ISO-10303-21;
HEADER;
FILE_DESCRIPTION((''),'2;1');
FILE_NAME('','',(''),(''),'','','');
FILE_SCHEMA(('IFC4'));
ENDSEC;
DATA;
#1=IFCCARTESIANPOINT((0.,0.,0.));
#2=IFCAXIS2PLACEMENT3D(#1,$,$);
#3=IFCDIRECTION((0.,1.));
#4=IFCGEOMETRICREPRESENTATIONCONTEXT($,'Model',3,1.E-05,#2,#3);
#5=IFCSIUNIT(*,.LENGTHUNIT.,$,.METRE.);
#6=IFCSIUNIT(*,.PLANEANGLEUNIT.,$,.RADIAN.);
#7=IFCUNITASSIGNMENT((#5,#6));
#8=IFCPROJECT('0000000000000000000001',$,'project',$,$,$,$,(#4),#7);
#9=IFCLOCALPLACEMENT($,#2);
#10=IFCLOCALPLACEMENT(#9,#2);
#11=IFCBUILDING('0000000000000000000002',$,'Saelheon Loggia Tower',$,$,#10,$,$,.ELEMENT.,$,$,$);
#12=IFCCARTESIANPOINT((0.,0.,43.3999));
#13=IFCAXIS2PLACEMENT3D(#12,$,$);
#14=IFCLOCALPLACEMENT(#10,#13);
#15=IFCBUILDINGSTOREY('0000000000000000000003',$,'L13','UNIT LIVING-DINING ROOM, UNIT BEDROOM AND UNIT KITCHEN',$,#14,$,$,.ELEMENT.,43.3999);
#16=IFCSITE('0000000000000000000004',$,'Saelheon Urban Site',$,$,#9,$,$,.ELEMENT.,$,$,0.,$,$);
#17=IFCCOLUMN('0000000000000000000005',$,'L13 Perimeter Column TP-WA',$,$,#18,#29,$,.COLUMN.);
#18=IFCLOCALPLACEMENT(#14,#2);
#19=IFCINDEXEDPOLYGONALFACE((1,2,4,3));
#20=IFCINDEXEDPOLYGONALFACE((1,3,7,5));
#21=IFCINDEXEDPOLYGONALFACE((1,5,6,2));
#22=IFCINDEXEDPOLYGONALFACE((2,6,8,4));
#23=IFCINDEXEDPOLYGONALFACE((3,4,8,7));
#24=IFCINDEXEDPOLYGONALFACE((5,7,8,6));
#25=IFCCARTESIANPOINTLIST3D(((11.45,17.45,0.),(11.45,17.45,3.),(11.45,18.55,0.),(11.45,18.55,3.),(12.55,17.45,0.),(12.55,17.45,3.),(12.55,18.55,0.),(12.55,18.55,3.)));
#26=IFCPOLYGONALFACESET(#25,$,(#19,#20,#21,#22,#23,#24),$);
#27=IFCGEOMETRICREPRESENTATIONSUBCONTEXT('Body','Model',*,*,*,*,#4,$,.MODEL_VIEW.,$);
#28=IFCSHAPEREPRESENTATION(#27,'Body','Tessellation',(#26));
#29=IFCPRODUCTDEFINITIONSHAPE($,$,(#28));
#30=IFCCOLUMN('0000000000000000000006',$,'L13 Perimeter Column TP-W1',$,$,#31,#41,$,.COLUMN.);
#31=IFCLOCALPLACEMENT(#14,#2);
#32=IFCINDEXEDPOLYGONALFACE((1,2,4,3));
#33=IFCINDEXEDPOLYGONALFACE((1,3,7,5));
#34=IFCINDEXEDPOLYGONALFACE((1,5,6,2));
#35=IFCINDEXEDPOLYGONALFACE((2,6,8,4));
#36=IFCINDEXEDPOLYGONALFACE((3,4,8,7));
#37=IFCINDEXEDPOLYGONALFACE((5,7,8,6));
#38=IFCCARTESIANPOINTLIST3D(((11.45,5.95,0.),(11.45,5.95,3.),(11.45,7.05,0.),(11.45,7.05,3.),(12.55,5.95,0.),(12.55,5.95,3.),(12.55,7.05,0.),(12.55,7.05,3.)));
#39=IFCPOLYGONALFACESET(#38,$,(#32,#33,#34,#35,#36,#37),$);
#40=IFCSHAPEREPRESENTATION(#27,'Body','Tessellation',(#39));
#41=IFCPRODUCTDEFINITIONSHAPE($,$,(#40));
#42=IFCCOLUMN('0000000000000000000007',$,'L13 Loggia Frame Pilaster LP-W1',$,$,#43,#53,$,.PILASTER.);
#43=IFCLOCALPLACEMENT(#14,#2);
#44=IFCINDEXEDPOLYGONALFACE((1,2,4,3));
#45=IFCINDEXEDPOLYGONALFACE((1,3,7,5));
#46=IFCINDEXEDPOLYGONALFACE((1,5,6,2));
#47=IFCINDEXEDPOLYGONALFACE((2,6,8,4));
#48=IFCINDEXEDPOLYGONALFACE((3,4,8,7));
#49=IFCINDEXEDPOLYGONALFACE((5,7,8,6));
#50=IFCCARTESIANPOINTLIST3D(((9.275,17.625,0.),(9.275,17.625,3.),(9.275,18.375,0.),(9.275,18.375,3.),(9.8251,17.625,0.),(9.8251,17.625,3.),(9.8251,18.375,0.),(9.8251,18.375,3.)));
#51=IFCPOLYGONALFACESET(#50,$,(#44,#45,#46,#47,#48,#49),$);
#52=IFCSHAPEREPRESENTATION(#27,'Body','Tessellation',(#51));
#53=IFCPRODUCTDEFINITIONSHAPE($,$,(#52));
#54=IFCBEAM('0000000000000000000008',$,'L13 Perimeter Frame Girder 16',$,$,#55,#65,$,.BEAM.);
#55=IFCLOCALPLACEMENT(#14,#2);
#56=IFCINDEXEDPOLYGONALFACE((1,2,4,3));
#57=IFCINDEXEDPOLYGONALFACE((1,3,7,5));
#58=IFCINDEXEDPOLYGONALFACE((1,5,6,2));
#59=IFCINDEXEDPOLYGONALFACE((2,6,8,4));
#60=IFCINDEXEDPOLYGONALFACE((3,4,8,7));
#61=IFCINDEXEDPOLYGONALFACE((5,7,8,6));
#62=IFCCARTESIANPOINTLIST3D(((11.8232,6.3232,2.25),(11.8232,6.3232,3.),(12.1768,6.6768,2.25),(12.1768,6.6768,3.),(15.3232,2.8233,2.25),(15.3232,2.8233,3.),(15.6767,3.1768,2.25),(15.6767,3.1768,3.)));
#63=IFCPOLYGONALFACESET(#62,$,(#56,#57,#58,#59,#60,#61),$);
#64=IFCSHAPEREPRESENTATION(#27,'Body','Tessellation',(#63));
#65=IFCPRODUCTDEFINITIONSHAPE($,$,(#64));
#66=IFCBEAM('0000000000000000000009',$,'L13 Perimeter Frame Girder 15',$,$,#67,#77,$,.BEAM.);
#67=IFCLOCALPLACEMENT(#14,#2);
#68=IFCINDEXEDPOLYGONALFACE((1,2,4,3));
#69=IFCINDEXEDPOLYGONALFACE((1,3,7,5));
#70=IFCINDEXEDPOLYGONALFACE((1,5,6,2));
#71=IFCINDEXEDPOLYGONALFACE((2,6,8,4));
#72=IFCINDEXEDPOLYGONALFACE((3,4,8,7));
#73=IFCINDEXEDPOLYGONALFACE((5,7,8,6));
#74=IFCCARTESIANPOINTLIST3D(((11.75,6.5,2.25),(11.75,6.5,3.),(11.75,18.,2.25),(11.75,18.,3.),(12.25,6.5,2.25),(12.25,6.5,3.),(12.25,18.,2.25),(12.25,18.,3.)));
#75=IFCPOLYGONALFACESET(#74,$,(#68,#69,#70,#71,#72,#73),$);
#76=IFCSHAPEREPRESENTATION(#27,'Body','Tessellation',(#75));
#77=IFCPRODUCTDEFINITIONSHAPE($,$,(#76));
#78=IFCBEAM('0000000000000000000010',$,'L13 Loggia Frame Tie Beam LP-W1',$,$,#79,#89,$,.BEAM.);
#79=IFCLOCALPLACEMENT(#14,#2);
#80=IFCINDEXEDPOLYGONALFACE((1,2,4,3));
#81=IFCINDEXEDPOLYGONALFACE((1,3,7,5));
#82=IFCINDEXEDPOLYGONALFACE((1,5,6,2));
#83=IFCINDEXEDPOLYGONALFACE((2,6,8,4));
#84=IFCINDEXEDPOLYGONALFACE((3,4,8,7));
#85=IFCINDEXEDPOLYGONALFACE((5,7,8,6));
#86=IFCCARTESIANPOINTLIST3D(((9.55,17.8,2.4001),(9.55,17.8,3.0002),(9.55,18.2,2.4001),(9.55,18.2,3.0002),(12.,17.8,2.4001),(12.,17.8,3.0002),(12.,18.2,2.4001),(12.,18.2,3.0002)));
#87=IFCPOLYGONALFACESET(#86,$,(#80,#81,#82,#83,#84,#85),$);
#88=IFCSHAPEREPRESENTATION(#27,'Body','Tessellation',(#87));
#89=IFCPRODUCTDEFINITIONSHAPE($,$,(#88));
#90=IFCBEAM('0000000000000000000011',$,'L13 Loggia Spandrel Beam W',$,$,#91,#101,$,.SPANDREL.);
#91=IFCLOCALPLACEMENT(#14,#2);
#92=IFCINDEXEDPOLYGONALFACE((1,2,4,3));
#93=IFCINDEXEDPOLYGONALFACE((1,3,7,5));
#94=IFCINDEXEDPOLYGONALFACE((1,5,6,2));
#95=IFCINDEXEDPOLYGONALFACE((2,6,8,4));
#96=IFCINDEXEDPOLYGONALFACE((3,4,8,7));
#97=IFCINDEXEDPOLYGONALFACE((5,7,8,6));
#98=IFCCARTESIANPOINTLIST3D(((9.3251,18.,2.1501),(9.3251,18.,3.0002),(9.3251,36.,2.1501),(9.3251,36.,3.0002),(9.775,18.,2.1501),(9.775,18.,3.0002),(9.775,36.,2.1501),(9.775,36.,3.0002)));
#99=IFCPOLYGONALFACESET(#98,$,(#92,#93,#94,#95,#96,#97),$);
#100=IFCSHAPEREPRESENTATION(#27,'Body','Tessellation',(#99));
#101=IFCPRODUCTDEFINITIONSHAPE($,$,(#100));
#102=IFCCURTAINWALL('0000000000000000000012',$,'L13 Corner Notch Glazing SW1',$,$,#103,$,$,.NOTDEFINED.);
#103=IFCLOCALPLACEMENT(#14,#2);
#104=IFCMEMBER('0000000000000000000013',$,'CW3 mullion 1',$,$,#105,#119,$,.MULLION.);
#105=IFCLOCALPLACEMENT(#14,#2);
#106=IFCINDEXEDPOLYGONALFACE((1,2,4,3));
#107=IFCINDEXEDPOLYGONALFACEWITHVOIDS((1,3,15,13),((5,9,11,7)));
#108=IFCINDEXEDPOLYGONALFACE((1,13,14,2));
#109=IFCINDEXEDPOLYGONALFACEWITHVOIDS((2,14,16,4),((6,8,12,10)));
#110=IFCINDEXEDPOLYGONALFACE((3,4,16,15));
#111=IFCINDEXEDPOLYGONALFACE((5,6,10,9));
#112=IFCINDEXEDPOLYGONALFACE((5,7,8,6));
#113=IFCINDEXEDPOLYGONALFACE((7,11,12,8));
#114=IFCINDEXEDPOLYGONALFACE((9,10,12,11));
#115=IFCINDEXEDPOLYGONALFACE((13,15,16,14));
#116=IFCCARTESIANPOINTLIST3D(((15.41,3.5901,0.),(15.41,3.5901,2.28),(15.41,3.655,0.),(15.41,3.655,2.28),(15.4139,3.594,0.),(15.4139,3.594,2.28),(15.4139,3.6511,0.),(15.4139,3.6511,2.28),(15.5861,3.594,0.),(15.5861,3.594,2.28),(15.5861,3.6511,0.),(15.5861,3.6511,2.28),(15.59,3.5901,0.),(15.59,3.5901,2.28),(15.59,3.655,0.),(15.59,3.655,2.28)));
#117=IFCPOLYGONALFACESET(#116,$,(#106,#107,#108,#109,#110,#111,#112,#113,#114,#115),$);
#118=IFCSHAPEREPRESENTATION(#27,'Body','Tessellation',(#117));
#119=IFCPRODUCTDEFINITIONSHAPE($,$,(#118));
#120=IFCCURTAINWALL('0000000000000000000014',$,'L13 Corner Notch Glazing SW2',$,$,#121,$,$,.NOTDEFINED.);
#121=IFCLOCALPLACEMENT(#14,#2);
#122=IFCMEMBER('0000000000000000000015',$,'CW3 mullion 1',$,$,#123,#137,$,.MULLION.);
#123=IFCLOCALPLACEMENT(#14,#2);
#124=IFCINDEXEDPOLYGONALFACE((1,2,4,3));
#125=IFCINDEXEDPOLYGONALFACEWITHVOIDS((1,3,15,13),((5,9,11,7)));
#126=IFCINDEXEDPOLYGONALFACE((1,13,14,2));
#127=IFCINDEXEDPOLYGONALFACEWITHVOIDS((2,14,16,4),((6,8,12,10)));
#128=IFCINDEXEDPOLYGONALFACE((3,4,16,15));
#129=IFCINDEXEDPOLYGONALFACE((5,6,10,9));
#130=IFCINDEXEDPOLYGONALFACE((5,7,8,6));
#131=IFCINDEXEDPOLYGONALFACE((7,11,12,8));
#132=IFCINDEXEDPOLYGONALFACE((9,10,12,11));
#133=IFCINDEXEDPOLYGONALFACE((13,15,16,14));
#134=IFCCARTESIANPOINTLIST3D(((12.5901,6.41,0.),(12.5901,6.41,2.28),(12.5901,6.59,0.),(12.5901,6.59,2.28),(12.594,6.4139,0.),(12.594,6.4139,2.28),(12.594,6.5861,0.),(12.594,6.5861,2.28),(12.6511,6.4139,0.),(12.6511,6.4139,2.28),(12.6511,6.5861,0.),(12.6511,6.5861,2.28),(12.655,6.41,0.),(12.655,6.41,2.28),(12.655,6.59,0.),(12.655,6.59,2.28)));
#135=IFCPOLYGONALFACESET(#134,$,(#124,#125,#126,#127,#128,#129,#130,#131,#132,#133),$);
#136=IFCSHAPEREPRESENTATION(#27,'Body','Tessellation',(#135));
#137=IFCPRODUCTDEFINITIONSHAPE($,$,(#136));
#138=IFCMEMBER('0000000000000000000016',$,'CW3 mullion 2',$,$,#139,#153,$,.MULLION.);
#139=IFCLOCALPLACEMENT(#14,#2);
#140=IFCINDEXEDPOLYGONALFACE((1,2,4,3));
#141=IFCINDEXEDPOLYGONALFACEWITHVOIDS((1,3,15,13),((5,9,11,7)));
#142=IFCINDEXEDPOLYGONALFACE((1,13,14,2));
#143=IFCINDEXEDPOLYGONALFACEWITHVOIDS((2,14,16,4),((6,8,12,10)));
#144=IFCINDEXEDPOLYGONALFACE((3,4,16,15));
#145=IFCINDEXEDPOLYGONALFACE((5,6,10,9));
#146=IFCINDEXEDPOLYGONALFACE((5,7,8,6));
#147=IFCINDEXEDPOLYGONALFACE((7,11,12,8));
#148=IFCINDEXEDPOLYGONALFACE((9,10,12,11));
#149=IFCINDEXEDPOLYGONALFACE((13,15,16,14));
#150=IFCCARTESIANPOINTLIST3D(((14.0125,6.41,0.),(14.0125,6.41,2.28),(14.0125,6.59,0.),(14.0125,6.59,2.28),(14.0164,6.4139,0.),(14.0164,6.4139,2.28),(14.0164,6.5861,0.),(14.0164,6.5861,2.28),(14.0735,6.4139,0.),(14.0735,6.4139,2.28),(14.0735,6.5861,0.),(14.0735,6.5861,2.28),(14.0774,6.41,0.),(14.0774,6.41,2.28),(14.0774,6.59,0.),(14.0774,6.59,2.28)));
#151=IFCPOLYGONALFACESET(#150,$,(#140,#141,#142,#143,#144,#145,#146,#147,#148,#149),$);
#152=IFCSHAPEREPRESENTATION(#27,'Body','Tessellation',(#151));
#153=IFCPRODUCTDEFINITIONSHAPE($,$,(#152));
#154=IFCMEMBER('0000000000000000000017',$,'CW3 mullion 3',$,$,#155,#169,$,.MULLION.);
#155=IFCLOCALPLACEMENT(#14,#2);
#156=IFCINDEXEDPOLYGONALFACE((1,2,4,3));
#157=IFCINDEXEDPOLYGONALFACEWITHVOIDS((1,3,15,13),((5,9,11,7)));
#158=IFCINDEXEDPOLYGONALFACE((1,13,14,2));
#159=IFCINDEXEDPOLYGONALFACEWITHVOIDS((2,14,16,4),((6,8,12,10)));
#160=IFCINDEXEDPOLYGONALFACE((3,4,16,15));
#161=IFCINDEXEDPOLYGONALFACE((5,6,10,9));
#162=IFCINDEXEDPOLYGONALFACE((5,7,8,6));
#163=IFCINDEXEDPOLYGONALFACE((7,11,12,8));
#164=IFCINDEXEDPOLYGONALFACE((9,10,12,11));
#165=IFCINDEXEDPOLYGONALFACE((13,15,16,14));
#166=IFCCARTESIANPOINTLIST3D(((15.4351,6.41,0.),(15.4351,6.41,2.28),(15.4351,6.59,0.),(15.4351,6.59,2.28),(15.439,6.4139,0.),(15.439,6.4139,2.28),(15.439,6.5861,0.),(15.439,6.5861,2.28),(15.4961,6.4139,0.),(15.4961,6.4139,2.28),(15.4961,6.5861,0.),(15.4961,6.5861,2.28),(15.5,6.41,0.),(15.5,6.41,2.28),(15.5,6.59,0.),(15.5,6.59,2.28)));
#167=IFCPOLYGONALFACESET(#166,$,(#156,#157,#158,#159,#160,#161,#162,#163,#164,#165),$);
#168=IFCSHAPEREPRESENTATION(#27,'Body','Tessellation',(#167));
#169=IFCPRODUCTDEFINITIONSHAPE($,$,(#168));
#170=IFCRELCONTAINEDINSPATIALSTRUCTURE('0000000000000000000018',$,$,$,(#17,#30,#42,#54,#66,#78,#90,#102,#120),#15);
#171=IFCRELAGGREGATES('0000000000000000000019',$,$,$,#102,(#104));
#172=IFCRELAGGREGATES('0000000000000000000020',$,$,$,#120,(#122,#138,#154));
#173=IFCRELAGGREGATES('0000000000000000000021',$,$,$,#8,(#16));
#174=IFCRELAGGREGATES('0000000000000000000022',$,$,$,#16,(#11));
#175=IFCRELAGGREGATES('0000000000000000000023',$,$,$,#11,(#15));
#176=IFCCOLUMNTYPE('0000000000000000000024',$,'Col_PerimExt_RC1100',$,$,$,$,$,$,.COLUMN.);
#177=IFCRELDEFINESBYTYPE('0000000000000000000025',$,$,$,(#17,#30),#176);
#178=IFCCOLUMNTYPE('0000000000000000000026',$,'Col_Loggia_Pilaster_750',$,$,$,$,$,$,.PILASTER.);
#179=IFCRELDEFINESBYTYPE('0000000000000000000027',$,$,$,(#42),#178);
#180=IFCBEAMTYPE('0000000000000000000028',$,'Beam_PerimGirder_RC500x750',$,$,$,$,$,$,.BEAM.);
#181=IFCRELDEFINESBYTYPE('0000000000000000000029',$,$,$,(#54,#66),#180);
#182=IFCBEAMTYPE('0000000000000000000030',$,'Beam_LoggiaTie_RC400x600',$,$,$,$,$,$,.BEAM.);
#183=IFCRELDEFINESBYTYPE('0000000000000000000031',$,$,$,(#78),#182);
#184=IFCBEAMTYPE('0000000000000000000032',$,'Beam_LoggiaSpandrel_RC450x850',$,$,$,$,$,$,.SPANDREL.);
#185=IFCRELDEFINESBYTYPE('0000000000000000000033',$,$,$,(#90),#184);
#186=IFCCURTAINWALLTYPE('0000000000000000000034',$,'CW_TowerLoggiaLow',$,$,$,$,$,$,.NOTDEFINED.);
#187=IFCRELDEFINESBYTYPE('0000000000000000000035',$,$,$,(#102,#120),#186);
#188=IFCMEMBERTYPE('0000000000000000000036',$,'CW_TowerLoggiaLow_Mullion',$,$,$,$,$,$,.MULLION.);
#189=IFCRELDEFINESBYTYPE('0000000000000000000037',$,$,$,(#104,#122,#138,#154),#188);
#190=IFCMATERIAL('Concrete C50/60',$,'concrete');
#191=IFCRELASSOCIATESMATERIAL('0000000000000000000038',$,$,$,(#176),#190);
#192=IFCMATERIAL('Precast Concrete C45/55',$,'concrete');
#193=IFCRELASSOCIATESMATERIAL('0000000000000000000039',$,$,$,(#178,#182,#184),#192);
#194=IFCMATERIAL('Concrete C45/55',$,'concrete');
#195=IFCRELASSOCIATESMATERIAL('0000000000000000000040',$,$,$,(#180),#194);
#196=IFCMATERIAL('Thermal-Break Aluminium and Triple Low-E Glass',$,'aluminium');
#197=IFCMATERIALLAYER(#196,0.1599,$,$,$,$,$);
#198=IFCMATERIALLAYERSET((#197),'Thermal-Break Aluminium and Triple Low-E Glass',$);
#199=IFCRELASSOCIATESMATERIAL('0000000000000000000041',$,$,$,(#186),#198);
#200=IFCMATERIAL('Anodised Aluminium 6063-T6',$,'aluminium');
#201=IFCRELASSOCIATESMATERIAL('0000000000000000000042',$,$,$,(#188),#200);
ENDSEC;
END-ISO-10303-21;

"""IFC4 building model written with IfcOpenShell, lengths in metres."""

from ifc_helpers import new_model, si_unit, direction, frame, origin, origin_2d, place, context, subcontext, project, spatial, rectangle, hollow_rectangle, extrude, source, transform, mapped, material, layer, layer_set, material_profile, profile_set, type_object, element, aggregate, save


model = new_model("IFC4")

# Units and contexts
model_context = context("Model", 3, precision=1e-05, world=origin(), true_north=direction((0.0, 1.0)))
body_context = subcontext(model_context, "Body", "Model", "MODEL_VIEW")
ifc_project = project(units=[si_unit("LENGTHUNIT", "METRE"), si_unit("PLANEANGLEUNIT", "RADIAN")], contexts=[model_context])

# Site, building, storey
site_placement = place(None, origin())
site = spatial("IfcSite", under=ifc_project, at=site_placement, Name="Saelheon Urban Site", CompositionType="ELEMENT", RefElevation=0.0)
building_placement = place(site_placement, origin())
building = spatial("IfcBuilding", under=site, at=building_placement, Name="Saelheon Loggia Tower", CompositionType="ELEMENT")
storey_placement = place(building_placement, frame((0.0, 0.0, 43.3999)))
storey = spatial("IfcBuildingStorey", under=building, at=storey_placement, Name="L13", Description="UNIT LIVING-DINING ROOM, UNIT BEDROOM AND UNIT KITCHEN", CompositionType="ELEMENT", Elevation=43.3999)

# Columns
ifc_material_1 = material(Name="Concrete C50/60", Category="concrete")
ifc_material_profile_1 = material_profile(ifc_material_1, rectangle(XDim=1.1001, YDim=1.1001, at=origin_2d()), Name="RC-1100x1100")
ifc_profile_set_1 = profile_set([ifc_material_profile_1], Name="Concrete C50/60")
column_type_1 = type_object("IfcColumnType", Name="Col_PerimExt_RC1100", PredefinedType="COLUMN", material=ifc_profile_set_1)
shared_shape_1 = source(origin(), body_context, "Body", "SweptSolid", [
    extrude(rectangle(XDim=1.1001, YDim=1.1001, at=origin_2d()), origin(), (0.0, 0.0, 1.0), 3.0),
])
for number, where, z_axis, x_axis, name in (
    (1, (12.0, 18.0, 0.0), (0.0, 0.0, 1.0), (1.0, 0.0, 0.0), "L13 Perimeter Column TP-WA"),
    (2, (12.0, 6.5, 0.0), (0.0, 0.0, 1.0), (1.0, 0.0, 0.0), "L13 Perimeter Column TP-W1"),
):
    element("IfcColumn", number, at=place(storey_placement, frame(where, z_axis=z_axis, x_axis=x_axis)), inside=storey, type_object=column_type_1, Name=name, PredefinedType="COLUMN", context=body_context, shape_type="MappedRepresentation", body=[
        mapped(shared_shape_1, transform((0.0, 0.0, 0.0), scale=1.0)),
    ])
ifc_material_2 = material(Name="Precast Concrete C45/55", Category="concrete")
ifc_material_profile_2 = material_profile(ifc_material_2, rectangle(XDim=0.55, YDim=0.75, at=origin_2d()), Name="RC-550x750")
ifc_profile_set_2 = profile_set([ifc_material_profile_2], Name="Precast Concrete C45/55")
column_type_2 = type_object("IfcColumnType", Name="Col_Loggia_Pilaster_750", PredefinedType="PILASTER", material=ifc_profile_set_2)
shared_shape_2 = source(origin(), body_context, "Body", "SweptSolid", [
    extrude(rectangle(XDim=0.55, YDim=0.75, at=origin_2d()), origin(), (0.0, 0.0, 1.0), 3.0),
])
column_placement = place(storey_placement, frame((9.55, 18.0, 0.0), z_axis=(0.0, 0.0, 1.0), x_axis=(1.0, 0.0, 0.0)))
element("IfcColumn", 3, at=column_placement, inside=storey, type_object=column_type_2, Name="L13 Loggia Frame Pilaster LP-W1", PredefinedType="PILASTER", context=body_context, shape_type="MappedRepresentation", body=[
    mapped(shared_shape_2, transform((0.0, 0.0, 0.0), scale=1.0)),
])

# Beams
ifc_material_3 = material(Name="Concrete C45/55", Category="concrete")
ifc_material_profile_3 = material_profile(ifc_material_3, rectangle(XDim=0.5, YDim=0.75, at=origin_2d()), Name="RC-500x750")
ifc_profile_set_3 = profile_set([ifc_material_profile_3], Name="Concrete C45/55")
beam_type_1 = type_object("IfcBeamType", Name="Beam_PerimGirder_RC500x750", PredefinedType="BEAM", material=ifc_profile_set_3)
shared_shape_3 = source(origin(), body_context, "Body", "SweptSolid", [
    extrude(rectangle(XDim=0.5, YDim=0.75, at=origin_2d()), origin(), (0.0, 0.0, 1.0), 4.9497),
])
beam_1_placement = place(storey_placement, frame((12.0, 6.5, 2.625), z_axis=(0.707107, -0.707107, 0.0), x_axis=(0.707107, 0.707107, 0.0)))
element("IfcBeam", 4, at=beam_1_placement, inside=storey, type_object=beam_type_1, Name="L13 Perimeter Frame Girder 16", PredefinedType="BEAM", context=body_context, shape_type="MappedRepresentation", body=[
    mapped(shared_shape_3, transform((0.0, 0.0, 0.0), scale=1.0)),
])
shared_shape_4 = source(origin(), body_context, "Body", "SweptSolid", [
    extrude(rectangle(XDim=0.5, YDim=0.75, at=origin_2d()), origin(), (0.0, 0.0, 1.0), 11.5),
])
beam_2_placement = place(storey_placement, frame((12.0, 18.0, 2.625), z_axis=(0.0, -1.0, 0.0), x_axis=(1.0, 0.0, 0.0)))
element("IfcBeam", 5, at=beam_2_placement, inside=storey, type_object=beam_type_1, Name="L13 Perimeter Frame Girder 15", PredefinedType="BEAM", context=body_context, shape_type="MappedRepresentation", body=[
    mapped(shared_shape_4, transform((0.0, 0.0, 0.0), scale=1.0)),
])
ifc_material_profile_4 = material_profile(ifc_material_2, rectangle(XDim=0.3999, YDim=0.6001, at=origin_2d()), Name="RC-400x600")
ifc_profile_set_4 = profile_set([ifc_material_profile_4], Name="Precast Concrete C45/55")
beam_type_2 = type_object("IfcBeamType", Name="Beam_LoggiaTie_RC400x600", PredefinedType="BEAM", material=ifc_profile_set_4)
shared_shape_5 = source(origin(), body_context, "Body", "SweptSolid", [
    extrude(rectangle(XDim=0.3999, YDim=0.6001, at=origin_2d()), origin(), (0.0, 0.0, 1.0), 2.45),
])
beam_3_placement = place(storey_placement, frame((12.0, 18.0, 2.7002), z_axis=(-1.0, 0.0, 0.0), x_axis=(0.0, -1.0, 0.0)))
element("IfcBeam", 6, at=beam_3_placement, inside=storey, type_object=beam_type_2, Name="L13 Loggia Frame Tie Beam LP-W1", PredefinedType="BEAM", context=body_context, shape_type="MappedRepresentation", body=[
    mapped(shared_shape_5, transform((0.0, 0.0, 0.0), scale=1.0)),
])
ifc_material_profile_5 = material_profile(ifc_material_2, rectangle(XDim=0.45, YDim=0.8501, at=origin_2d()), Name="RC-450x850")
ifc_profile_set_5 = profile_set([ifc_material_profile_5], Name="Precast Concrete C45/55")
beam_type_3 = type_object("IfcBeamType", Name="Beam_LoggiaSpandrel_RC450x850", PredefinedType="SPANDREL", material=ifc_profile_set_5)
shared_shape_6 = source(origin(), body_context, "Body", "SweptSolid", [
    extrude(rectangle(XDim=0.45, YDim=0.8501, at=origin_2d()), origin(), (0.0, 0.0, 1.0), 18.0),
])
beam_4_placement = place(storey_placement, frame((9.55, 18.0, 2.5752), z_axis=(0.0, 1.0, 0.0), x_axis=(-1.0, 0.0, 0.0)))
element("IfcBeam", 7, at=beam_4_placement, inside=storey, type_object=beam_type_3, Name="L13 Loggia Spandrel Beam W", PredefinedType="SPANDREL", context=body_context, shape_type="MappedRepresentation", body=[
    mapped(shared_shape_6, transform((0.0, 0.0, 0.0), scale=1.0)),
])

# Curtain wall, member
ifc_material_4 = material(Name="Thermal-Break Aluminium and Triple Low-E Glass", Category="aluminium")
ifc_layer_1 = layer(ifc_material_4, 0.1599)
ifc_layer_set_1 = layer_set([ifc_layer_1], Name="Thermal-Break Aluminium and Triple Low-E Glass")
curtain_wall_type = type_object("IfcCurtainWallType", Name="CW_TowerLoggiaLow", PredefinedType="NOTDEFINED", material=ifc_layer_set_1)
curtain_wall_1_placement = place(storey_placement, origin())
curtain_wall_1 = element("IfcCurtainWall", 8, at=curtain_wall_1_placement, inside=storey, type_object=curtain_wall_type, Name="L13 Corner Notch Glazing SW1", PredefinedType="NOTDEFINED")
ifc_material_5 = material(Name="Anodised Aluminium 6063-T6", Category="aluminium")
ifc_material_profile_6 = material_profile(ifc_material_5, hollow_rectangle(XDim=0.0649, YDim=0.1799, WallThickness=0.0039, at=origin_2d()), Name="RHS-180x65x4")
ifc_profile_set_6 = profile_set([ifc_material_profile_6], Name="Anodised Aluminium 6063-T6")
member_type_1 = type_object("IfcMemberType", Name="CW_TowerLoggiaLow_Mullion", PredefinedType="MULLION", material=ifc_profile_set_6)
shared_shape_7 = source(origin(), body_context, "Body", "SweptSolid", [
    extrude(hollow_rectangle(XDim=0.0649, YDim=0.1799, WallThickness=0.0039, at=origin_2d()), origin(), (0.0, 0.0, 1.0), 2.28),
])
member_1_placement = place(storey_placement, frame((15.5, 3.6226, 0.0), z_axis=(0.0, 0.0, 1.0), x_axis=(0.0, 1.0, 0.0)))
member_1 = element("IfcMember", 9, at=member_1_placement, type_object=member_type_1, Name="CW3 mullion 1", PredefinedType="MULLION", context=body_context, shape_type="MappedRepresentation", body=[
    mapped(shared_shape_7, transform((0.0, 0.0, 0.0), scale=1.0)),
])

# Curtain wall, members
curtain_wall_2_placement = place(storey_placement, origin())
curtain_wall_2 = element("IfcCurtainWall", 10, at=curtain_wall_2_placement, inside=storey, type_object=curtain_wall_type, Name="L13 Corner Notch Glazing SW2", PredefinedType="NOTDEFINED")
member_2_placement = place(storey_placement, frame((12.6226, 6.5, 0.0), z_axis=(0.0, 0.0, 1.0), x_axis=(1.0, 0.0, 0.0)))
member_2 = element("IfcMember", 11, at=member_2_placement, type_object=member_type_1, Name="CW3 mullion 1", PredefinedType="MULLION", context=body_context, shape_type="MappedRepresentation", body=[
    mapped(shared_shape_7, transform((0.0, 0.0, 0.0), scale=1.0)),
])
member_3_placement = place(storey_placement, frame((14.0449, 6.5, 0.0), z_axis=(0.0, 0.0, 1.0), x_axis=(1.0, 0.0, 0.0)))
member_3 = element("IfcMember", 12, at=member_3_placement, type_object=member_type_1, Name="CW3 mullion 2", PredefinedType="MULLION", context=body_context, shape_type="MappedRepresentation", body=[
    mapped(shared_shape_7, transform((0.0, 0.0, 0.0), scale=1.0)),
])
member_4_placement = place(storey_placement, frame((15.4675, 6.5, 0.0), z_axis=(0.0, 0.0, 1.0), x_axis=(1.0, 0.0, 0.0)))
member_4 = element("IfcMember", 13, at=member_4_placement, type_object=member_type_1, Name="CW3 mullion 3", PredefinedType="MULLION", context=body_context, shape_type="MappedRepresentation", body=[
    mapped(shared_shape_7, transform((0.0, 0.0, 0.0), scale=1.0)),
])

aggregate(curtain_wall_1, [member_1])

aggregate(curtain_wall_2, [member_2, member_3, member_4])

save(model, "model.ifc")
